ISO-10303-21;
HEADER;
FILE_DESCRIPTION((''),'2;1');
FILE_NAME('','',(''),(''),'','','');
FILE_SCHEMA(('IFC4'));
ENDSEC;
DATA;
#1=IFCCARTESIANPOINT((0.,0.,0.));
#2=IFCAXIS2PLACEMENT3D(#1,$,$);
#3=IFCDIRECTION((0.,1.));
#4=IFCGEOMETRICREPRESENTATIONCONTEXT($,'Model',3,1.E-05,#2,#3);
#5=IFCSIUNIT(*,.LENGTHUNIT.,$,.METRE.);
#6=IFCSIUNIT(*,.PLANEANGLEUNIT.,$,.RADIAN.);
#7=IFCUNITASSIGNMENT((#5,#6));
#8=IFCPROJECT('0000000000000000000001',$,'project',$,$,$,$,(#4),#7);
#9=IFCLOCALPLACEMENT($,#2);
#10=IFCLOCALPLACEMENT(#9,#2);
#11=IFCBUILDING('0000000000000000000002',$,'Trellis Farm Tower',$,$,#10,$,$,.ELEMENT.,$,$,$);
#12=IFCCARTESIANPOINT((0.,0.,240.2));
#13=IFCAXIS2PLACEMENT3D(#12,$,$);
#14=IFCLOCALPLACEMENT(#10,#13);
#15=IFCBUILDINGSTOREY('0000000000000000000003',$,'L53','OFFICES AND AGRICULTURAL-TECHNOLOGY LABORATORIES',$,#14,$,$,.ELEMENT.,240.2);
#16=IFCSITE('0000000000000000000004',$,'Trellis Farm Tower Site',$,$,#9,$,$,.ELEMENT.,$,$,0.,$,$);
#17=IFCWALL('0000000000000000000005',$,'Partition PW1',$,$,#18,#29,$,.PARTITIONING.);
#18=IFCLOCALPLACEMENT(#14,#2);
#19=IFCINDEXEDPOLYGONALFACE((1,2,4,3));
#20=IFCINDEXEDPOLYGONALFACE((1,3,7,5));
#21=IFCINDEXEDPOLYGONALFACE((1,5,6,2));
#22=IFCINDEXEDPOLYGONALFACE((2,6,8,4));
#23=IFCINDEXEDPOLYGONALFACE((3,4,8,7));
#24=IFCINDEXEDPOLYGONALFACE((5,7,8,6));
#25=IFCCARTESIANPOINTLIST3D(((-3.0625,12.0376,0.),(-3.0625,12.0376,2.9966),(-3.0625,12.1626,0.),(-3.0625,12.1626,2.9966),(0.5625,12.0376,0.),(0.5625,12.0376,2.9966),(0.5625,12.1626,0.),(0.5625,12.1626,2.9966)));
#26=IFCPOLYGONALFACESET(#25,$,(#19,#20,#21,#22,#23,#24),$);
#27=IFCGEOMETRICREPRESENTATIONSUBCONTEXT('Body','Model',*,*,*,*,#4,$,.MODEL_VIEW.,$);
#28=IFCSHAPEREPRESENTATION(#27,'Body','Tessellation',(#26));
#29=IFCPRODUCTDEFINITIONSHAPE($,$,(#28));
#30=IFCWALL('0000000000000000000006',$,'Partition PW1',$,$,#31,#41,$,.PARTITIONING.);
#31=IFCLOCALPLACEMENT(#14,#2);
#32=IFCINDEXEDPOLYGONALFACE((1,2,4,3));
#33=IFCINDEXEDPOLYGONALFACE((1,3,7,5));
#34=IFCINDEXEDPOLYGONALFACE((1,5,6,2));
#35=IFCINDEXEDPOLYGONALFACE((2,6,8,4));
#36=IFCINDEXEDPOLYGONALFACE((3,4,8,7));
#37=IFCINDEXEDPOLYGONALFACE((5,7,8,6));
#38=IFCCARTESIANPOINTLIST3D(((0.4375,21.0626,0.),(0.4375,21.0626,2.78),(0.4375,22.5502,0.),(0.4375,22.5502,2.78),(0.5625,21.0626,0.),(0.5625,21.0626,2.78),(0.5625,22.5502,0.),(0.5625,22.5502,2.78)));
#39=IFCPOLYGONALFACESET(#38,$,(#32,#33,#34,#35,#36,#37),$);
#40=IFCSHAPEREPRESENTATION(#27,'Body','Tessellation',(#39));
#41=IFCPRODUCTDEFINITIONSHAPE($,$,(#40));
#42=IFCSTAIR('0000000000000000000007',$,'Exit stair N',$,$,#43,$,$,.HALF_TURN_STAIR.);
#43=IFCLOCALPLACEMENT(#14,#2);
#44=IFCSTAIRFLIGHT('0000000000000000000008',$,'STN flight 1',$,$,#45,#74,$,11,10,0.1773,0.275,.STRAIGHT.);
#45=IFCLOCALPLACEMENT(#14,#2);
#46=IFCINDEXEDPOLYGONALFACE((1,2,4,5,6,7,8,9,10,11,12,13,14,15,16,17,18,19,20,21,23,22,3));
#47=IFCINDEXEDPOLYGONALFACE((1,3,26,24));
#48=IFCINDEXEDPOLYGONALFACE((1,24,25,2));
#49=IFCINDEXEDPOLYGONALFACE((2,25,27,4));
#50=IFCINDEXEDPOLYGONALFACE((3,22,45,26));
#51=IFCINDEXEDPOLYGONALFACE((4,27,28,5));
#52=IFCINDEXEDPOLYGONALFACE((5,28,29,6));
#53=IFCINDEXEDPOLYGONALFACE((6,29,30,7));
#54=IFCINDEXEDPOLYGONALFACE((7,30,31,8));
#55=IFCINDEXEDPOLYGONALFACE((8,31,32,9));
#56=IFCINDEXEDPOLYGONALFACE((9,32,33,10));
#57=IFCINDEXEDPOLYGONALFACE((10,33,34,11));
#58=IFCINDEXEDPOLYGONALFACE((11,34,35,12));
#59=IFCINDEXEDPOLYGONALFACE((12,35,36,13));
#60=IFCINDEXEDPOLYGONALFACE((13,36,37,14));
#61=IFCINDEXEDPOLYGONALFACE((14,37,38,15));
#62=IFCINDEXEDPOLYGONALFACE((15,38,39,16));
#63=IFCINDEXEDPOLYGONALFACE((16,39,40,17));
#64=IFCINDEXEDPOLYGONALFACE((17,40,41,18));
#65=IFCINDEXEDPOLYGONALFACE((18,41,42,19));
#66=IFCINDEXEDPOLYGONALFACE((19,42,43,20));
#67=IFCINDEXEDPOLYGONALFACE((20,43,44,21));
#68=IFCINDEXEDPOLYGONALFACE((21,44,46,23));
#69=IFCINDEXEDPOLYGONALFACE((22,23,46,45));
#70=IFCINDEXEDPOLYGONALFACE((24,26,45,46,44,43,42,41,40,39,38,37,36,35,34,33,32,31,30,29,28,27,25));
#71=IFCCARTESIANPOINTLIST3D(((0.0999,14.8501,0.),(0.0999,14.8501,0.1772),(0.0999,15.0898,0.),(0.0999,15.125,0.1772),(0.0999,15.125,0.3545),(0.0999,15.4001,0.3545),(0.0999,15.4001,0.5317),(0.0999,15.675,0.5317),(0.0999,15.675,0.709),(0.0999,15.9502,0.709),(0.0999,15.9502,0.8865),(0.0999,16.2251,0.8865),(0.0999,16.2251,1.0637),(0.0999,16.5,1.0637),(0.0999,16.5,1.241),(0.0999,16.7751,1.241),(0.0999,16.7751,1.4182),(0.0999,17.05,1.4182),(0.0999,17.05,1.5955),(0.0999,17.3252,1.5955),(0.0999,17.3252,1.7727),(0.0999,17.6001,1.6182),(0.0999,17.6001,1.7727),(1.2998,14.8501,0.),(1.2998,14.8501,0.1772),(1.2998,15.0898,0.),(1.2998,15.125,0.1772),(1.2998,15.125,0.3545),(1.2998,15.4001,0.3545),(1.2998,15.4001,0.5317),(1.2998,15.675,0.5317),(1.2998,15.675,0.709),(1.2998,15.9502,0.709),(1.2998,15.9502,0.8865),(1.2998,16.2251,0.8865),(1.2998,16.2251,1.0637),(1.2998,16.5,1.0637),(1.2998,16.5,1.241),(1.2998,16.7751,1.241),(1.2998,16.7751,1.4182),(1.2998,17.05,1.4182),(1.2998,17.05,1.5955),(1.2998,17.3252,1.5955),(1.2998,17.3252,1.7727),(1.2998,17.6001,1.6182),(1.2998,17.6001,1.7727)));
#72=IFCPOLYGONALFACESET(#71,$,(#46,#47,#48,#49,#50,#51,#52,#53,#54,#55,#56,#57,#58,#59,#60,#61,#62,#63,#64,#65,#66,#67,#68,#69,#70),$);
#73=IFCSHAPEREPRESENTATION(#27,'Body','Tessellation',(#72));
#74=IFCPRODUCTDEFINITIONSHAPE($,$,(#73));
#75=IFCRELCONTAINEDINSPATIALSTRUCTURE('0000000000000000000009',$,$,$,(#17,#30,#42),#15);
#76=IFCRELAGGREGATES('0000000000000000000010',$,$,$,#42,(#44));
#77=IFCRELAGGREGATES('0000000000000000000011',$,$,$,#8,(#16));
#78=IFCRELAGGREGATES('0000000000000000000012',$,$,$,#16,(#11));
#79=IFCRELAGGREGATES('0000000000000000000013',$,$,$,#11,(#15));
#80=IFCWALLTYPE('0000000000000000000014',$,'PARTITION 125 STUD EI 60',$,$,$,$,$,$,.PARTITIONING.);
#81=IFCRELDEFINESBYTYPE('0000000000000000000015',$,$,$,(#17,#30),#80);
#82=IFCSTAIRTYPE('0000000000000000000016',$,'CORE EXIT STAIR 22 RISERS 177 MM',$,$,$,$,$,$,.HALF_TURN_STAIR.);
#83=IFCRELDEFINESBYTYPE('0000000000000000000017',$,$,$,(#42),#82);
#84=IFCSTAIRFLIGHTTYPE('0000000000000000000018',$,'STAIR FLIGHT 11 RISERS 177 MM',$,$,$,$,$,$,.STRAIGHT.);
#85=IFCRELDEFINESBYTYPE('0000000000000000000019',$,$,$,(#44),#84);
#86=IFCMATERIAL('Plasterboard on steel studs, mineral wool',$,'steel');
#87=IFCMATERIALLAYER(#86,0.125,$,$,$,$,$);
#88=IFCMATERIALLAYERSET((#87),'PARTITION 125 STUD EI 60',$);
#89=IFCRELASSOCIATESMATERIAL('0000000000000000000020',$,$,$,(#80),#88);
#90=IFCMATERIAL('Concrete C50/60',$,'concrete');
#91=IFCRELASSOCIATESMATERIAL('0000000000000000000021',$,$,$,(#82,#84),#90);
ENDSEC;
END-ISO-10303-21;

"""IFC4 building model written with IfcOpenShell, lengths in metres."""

from ifc_helpers import new_model, si_unit, direction, frame, frame_2d, origin, place, context, subcontext, project, spatial, polyline, rectangle, outline, extrude, source, transform, mapped, material, layer, layer_set, type_object, element, aggregate, save


model = new_model("IFC4")

# Units and contexts
model_context = context("Model", 3, precision=1e-05, world=origin(), true_north=direction((0.0, 1.0)))
body_context = subcontext(model_context, "Body", "Model", "MODEL_VIEW")
ifc_project = project(units=[si_unit("LENGTHUNIT", "METRE"), si_unit("PLANEANGLEUNIT", "RADIAN")], contexts=[model_context])

# Site, building, storey
site_placement = place(None, origin())
site = spatial("IfcSite", under=ifc_project, at=site_placement, Name="Trellis Farm Tower Site", CompositionType="ELEMENT", RefElevation=0.0)
building_placement = place(site_placement, origin())
building = spatial("IfcBuilding", under=site, at=building_placement, Name="Trellis Farm Tower", CompositionType="ELEMENT")
storey_placement = place(building_placement, frame((0.0, 0.0, 240.2)))
storey = spatial("IfcBuildingStorey", under=building, at=storey_placement, Name="L53", Description="OFFICES AND AGRICULTURAL-TECHNOLOGY LABORATORIES", CompositionType="ELEMENT", Elevation=240.2)

# Shared definitions
placement_1 = place(storey_placement, origin())

# Shared definitions
ifc_material_1 = material(Name="Plasterboard on steel studs, mineral wool", Category="steel")
ifc_layer_1 = layer(ifc_material_1, 0.125)
ifc_layer_set_1 = layer_set([ifc_layer_1], Name="PARTITION 125 STUD EI 60")
wall_type_1 = type_object("IfcWallType", Name="PARTITION 125 STUD EI 60", PredefinedType="PARTITIONING", material=ifc_layer_set_1)

# Walls
shared_shape_1 = source(origin(), body_context, "Body", "SweptSolid", [
    extrude(rectangle(XDim=3.625, YDim=0.125, at=frame_2d((1.8125, 0.0))), origin(), (0.0, 0.0, 1.0), 2.9966),
])
wall_1_placement = place(storey_placement, frame((0.5625, 12.1001, 0.0), z_axis=(0.0, 0.0, 1.0), x_axis=(-1.0, 0.0, 0.0)))
element("IfcWall", 1, at=wall_1_placement, inside=storey, type_object=wall_type_1, Name="Partition PW1", PredefinedType="PARTITIONING", context=body_context, shape_type="MappedRepresentation", body=[
    mapped(shared_shape_1, transform((0.0, 0.0, 0.0))),
])
shared_shape_2 = source(origin(), body_context, "Body", "SweptSolid", [
    extrude(rectangle(XDim=1.4875, YDim=0.125, at=frame_2d((0.7437, 0.0))), origin(), (0.0, 0.0, 1.0), 2.78),
])
wall_2_placement = place(storey_placement, frame((0.5, 22.55, 0.0), z_axis=(0.0, 0.0, 1.0), x_axis=(0.0, -1.0, 0.0)))
element("IfcWall", 2, at=wall_2_placement, inside=storey, type_object=wall_type_1, Name="Partition PW1", PredefinedType="PARTITIONING", context=body_context, shape_type="MappedRepresentation", body=[
    mapped(shared_shape_2, transform((0.0, 0.0, 0.0))),
])

# Stair, stair flight
ifc_material_2 = material(Name="Concrete C50/60", Category="concrete")
stair_type = type_object("IfcStairType", Name="CORE EXIT STAIR 22 RISERS 177 MM", PredefinedType="HALF_TURN_STAIR", material=ifc_material_2)
stair = element("IfcStair", 3, at=placement_1, inside=storey, type_object=stair_type, Name="Exit stair N", PredefinedType="HALF_TURN_STAIR")
stair_flight_type = type_object("IfcStairFlightType", Name="STAIR FLIGHT 11 RISERS 177 MM", PredefinedType="STRAIGHT", material=ifc_material_2)
shared_shape_3 = source(origin(), body_context, "Body", "SweptSolid", [
    extrude(outline(polyline([(0.0, 0.0), (0.0, 0.1772), (0.2749, 0.1772), (0.2749, 0.3545), (0.55, 0.3545), (0.55, 0.5317), (0.825, 0.5317), (0.825, 0.709), (1.1001, 0.709), (1.1001, 0.8865), (1.375, 0.8865), (1.375, 1.0637), (1.6499, 1.0637), (1.6499, 1.241), (1.925, 1.241), (1.925, 1.4182), (2.2, 1.4182), (2.2, 1.5955), (2.4751, 1.5955), (2.4751, 1.7727), (2.75, 1.7727), (2.75, 1.95), (2.75, 1.6182), (0.2397, 0.0), (0.0, 0.0)])), frame((0.0, 0.6001, 0.0), z_axis=(0.0, -1.0, 0.0), x_axis=(1.0, 0.0, 0.0)), (0.0, 0.0, 1.0), 1.2),
])
stair_flight_placement = place(storey_placement, frame((0.7, 14.8501, 0.0), z_axis=(0.0, 0.0, 1.0), x_axis=(0.0, 1.0, 0.0)))
stair_flight = element("IfcStairFlight", 4, at=stair_flight_placement, type_object=stair_flight_type, Name="STN flight 1", NumberOfRisers=11, NumberOfTreads=10, PredefinedType="STRAIGHT", RiserHeight=0.1773, TreadLength=0.275, context=body_context, shape_type="MappedRepresentation", body=[
    mapped(shared_shape_3, transform((0.0, 0.0, 0.0))),
])
aggregate(stair, [stair_flight])

save(model, "model.ifc")
